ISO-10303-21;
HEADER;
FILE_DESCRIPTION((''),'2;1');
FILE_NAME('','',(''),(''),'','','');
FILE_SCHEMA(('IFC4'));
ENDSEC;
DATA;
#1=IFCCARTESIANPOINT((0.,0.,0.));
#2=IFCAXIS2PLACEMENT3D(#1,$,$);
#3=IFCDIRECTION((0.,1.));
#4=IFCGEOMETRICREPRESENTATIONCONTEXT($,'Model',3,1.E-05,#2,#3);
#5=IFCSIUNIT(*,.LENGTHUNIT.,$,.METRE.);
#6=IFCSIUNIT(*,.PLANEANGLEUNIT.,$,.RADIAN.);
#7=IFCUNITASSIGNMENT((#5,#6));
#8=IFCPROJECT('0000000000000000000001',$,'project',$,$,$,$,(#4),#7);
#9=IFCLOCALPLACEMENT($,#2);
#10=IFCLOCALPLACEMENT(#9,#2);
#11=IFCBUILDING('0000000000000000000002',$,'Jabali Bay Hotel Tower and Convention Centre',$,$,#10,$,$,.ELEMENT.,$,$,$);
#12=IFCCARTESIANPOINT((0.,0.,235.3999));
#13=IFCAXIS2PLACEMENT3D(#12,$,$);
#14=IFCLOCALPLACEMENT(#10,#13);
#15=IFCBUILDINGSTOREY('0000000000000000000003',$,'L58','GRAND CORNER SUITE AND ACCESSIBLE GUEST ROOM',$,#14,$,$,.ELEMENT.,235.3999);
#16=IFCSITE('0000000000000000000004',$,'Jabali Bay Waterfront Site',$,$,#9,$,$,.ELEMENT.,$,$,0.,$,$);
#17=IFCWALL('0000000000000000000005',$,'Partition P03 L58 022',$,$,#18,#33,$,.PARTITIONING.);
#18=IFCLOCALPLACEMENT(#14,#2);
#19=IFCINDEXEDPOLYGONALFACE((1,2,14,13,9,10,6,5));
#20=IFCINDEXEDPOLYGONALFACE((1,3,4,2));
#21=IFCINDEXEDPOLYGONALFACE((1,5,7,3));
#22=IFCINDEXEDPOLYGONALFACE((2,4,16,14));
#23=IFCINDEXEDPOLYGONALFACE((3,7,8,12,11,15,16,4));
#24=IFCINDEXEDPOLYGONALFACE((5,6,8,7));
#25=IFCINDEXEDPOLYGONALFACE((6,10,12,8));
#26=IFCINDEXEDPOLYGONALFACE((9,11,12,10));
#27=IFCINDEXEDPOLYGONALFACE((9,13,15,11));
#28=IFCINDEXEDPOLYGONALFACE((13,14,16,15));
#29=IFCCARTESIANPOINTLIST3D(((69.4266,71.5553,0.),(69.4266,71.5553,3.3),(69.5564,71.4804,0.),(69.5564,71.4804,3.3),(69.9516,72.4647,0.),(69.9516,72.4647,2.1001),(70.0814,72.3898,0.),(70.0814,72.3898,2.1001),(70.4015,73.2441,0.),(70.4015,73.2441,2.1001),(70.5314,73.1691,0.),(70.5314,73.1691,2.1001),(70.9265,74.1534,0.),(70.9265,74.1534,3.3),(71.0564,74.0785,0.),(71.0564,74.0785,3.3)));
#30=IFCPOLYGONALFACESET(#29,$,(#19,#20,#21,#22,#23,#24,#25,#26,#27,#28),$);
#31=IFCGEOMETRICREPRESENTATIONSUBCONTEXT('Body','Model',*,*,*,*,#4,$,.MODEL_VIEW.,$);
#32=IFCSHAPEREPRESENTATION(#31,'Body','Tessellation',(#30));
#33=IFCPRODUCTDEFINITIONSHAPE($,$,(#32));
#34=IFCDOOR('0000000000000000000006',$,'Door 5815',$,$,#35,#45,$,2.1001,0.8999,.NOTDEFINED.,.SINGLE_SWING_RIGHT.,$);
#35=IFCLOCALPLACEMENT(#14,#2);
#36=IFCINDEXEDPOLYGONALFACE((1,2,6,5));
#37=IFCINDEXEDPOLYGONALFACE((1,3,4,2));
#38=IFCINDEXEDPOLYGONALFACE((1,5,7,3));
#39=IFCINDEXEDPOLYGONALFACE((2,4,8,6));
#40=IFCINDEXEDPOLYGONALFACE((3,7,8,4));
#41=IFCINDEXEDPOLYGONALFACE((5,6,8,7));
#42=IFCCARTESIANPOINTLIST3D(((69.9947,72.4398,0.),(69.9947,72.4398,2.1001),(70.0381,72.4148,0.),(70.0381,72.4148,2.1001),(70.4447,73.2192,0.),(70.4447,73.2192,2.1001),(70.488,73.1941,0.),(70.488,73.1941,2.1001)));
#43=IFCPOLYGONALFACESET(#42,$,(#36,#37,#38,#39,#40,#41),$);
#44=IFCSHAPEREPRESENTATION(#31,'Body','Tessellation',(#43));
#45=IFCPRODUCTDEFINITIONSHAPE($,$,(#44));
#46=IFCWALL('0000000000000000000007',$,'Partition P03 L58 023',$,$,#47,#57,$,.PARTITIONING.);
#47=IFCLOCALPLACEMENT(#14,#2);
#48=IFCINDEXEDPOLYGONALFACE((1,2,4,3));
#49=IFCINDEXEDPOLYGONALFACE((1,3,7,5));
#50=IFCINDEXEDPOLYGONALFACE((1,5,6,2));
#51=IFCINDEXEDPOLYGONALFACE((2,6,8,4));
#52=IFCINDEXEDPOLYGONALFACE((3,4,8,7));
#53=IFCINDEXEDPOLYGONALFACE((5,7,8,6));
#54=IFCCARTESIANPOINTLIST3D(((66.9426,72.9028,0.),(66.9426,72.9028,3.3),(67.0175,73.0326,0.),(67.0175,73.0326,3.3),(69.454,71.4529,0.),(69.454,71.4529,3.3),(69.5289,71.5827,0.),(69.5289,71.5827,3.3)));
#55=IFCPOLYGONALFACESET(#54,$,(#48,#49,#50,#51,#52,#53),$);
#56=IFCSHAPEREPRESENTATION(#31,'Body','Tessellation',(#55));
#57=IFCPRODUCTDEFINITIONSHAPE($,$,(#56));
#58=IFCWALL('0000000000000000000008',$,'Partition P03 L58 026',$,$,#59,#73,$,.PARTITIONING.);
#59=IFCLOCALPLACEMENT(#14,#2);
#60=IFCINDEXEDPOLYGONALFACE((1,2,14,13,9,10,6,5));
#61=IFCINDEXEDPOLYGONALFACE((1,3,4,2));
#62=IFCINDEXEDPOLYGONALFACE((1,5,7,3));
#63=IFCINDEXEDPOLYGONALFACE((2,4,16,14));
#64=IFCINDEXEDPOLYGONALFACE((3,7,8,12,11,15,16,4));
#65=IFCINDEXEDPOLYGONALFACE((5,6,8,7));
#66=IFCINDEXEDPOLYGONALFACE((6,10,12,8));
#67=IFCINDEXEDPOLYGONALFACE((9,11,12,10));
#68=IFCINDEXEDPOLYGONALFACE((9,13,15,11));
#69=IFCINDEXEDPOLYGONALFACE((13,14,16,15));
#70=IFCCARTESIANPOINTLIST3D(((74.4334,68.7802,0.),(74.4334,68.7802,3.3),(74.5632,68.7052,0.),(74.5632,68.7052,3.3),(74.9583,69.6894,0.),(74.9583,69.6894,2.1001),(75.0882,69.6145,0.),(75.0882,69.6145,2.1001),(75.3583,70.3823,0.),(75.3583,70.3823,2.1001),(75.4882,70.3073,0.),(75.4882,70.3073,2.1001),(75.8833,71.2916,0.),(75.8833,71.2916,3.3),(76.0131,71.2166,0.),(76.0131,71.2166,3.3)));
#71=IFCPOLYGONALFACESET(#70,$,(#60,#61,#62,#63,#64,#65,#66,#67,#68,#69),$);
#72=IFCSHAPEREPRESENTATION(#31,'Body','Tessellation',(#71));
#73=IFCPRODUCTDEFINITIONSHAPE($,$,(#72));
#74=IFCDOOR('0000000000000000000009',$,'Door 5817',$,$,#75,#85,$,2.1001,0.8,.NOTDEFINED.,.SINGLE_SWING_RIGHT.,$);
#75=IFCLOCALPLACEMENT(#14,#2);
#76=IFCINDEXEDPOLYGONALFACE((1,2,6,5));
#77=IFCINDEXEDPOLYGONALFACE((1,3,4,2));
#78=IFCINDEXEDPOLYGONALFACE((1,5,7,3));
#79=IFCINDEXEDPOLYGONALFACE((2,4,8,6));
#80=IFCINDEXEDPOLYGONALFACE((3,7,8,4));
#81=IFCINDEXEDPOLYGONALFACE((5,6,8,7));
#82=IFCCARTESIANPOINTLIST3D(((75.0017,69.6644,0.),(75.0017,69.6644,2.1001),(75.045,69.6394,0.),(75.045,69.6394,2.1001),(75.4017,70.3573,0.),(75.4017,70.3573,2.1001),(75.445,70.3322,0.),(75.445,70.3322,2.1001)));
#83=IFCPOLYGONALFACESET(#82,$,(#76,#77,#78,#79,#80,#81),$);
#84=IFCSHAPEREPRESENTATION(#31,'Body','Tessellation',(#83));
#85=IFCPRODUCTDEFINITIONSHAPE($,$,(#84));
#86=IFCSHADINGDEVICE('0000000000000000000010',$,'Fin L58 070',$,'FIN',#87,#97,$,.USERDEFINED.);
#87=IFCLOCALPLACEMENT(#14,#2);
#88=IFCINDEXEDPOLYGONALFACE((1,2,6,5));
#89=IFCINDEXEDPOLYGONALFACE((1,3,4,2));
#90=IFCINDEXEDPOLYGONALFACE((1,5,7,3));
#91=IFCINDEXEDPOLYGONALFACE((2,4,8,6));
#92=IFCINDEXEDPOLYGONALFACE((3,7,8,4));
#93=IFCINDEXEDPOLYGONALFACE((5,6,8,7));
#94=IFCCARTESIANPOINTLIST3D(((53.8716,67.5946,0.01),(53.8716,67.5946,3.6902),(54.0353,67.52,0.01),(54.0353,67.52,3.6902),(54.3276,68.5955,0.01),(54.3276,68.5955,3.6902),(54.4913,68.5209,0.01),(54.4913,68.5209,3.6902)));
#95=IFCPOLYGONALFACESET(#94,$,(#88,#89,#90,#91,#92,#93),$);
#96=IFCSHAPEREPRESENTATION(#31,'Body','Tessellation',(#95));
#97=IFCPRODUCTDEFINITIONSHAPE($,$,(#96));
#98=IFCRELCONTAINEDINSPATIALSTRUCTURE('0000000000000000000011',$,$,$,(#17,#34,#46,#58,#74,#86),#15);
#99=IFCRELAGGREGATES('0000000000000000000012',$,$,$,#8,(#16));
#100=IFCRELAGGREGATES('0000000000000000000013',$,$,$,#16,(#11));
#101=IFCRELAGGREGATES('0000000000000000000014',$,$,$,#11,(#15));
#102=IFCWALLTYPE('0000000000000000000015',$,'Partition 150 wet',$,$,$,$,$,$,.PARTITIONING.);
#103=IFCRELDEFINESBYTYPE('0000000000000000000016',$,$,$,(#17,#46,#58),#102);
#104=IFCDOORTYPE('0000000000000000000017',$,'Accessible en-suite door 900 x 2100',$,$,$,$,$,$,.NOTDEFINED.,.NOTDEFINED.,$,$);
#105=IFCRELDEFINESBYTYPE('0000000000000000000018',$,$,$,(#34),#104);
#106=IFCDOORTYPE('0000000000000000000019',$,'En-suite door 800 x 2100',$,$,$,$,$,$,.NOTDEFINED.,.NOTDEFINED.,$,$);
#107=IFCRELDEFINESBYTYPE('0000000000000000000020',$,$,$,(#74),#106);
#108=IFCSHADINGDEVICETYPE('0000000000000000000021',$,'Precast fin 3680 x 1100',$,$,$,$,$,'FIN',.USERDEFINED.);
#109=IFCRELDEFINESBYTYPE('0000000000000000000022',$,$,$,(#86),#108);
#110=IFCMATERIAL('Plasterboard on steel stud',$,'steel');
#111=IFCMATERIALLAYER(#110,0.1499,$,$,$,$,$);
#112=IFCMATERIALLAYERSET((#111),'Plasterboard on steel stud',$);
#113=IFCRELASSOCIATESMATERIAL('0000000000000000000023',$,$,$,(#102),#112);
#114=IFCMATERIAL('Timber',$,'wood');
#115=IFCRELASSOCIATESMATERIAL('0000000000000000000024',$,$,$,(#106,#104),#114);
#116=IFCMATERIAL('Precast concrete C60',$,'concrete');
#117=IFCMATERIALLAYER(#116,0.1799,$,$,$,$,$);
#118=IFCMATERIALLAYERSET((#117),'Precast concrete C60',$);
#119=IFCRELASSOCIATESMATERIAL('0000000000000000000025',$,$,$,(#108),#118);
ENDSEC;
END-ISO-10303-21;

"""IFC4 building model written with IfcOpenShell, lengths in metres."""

from ifc_helpers import new_model, si_unit, direction, frame, frame_2d, origin, place, context, subcontext, project, spatial, rectangle, extrude, material, layer, layer_set, type_object, element, fill, save


model = new_model("IFC4")

# Units and contexts
model_context = context("Model", 3, precision=1e-05, world=origin(), true_north=direction((0.0, 1.0)))
body_context = subcontext(model_context, "Body", "Model", "MODEL_VIEW")
ifc_project = project(units=[si_unit("LENGTHUNIT", "METRE"), si_unit("PLANEANGLEUNIT", "RADIAN")], contexts=[model_context])

# Site, building, storey
site_placement = place(None, origin())
site = spatial("IfcSite", under=ifc_project, at=site_placement, Name="Jabali Bay Waterfront Site", CompositionType="ELEMENT", RefElevation=0.0)
building_placement = place(site_placement, origin())
building = spatial("IfcBuilding", under=site, at=building_placement, Name="Jabali Bay Hotel Tower and Convention Centre", CompositionType="ELEMENT")
storey_placement = place(building_placement, frame((0.0, 0.0, 235.3999)))
storey = spatial("IfcBuildingStorey", under=building, at=storey_placement, Name="L58", Description="GRAND CORNER SUITE AND ACCESSIBLE GUEST ROOM", CompositionType="ELEMENT", Elevation=235.3999)

# Shared definitions
ifc_material_1 = material(Name="Timber", Category="wood")

# Shared definitions
ifc_material_2 = material(Name="Plasterboard on steel stud", Category="steel")
ifc_layer_1 = layer(ifc_material_2, 0.1499)
ifc_layer_set_1 = layer_set([ifc_layer_1], Name="Plasterboard on steel stud")
wall_type_1 = type_object("IfcWallType", Name="Partition 150 wet", PredefinedType="PARTITIONING", material=ifc_layer_set_1)
door_type_1 = type_object("IfcDoorType", Name="En-suite door 800 x 2100", OperationType="NOTDEFINED", PredefinedType="NOTDEFINED", material=ifc_material_1)

# Wall, opening, door
wall_1_placement = place(storey_placement, frame((70.9915, 74.116, 0.0), z_axis=(0.0, 0.0, 1.0), x_axis=(-0.49999, -0.866031, 0.0)))
wall_1 = element("IfcWall", 1, at=wall_1_placement, inside=storey, type_object=wall_type_1, Name="Partition P03 L58 022", PredefinedType="PARTITIONING", context=body_context, shape_type="SweptSolid", body=[
    extrude(rectangle(XDim=3.0, YDim=0.1499, at=frame_2d((1.5, 0.0))), origin(), (0.0, 0.0, 1.0), 3.3),
])
opening_1_placement = place(wall_1_placement, frame((1.05, 0.0, 0.0)))
opening_1 = element("IfcOpeningElement", 2, at=opening_1_placement, cuts=wall_1, PredefinedType="OPENING", context=body_context, shape_type="SweptSolid", body=[
    extrude(rectangle(XDim=0.8999, YDim=2.1001, at=frame_2d((0.45, 1.05))), frame((0.0, 0.0854, 0.0), z_axis=(0.0, -1.0, 0.0), x_axis=(1.0, 0.0, 0.0)), (0.0, 0.0, 1.0), 0.1709),
])
door_type_2 = type_object("IfcDoorType", Name="Accessible en-suite door 900 x 2100", OperationType="NOTDEFINED", PredefinedType="NOTDEFINED", material=ifc_material_1)
door_1_placement = place(opening_1_placement, origin())
door_1 = element("IfcDoor", 3, at=door_1_placement, inside=storey, type_object=door_type_2, Name="Door 5815", OperationType="SINGLE_SWING_RIGHT", OverallHeight=2.1001, OverallWidth=0.8999, PredefinedType="NOTDEFINED", context=body_context, shape_type="SweptSolid", body=[
    extrude(rectangle(XDim=0.8999, YDim=2.1001, at=frame_2d((0.45, 1.05))), frame((0.0, 0.0249, 0.0), z_axis=(0.0, -1.0, 0.0), x_axis=(1.0, 0.0, 0.0)), (0.0, 0.0, 1.0), 0.05),
])
fill(opening_1, door_1)

# Wall
wall_2_placement = place(storey_placement, frame((69.4915, 71.5178, 0.0), z_axis=(0.0, 0.0, 1.0), x_axis=(-0.866033, 0.499987, 0.0)))
element("IfcWall", 4, at=wall_2_placement, inside=storey, type_object=wall_type_1, Name="Partition P03 L58 023", PredefinedType="PARTITIONING", context=body_context, shape_type="SweptSolid", body=[
    extrude(rectangle(XDim=2.8999, YDim=0.1499, at=frame_2d((1.45, 0.0))), origin(), (0.0, 0.0, 1.0), 3.3),
])

# Wall, opening, door
wall_3_placement = place(storey_placement, frame((74.4983, 68.7427, 0.0), z_axis=(0.0, 0.0, 1.0), x_axis=(0.499987, 0.866033, 0.0)))
wall_3 = element("IfcWall", 5, at=wall_3_placement, inside=storey, type_object=wall_type_1, Name="Partition P03 L58 026", PredefinedType="PARTITIONING", context=body_context, shape_type="SweptSolid", body=[
    extrude(rectangle(XDim=2.8999, YDim=0.1499, at=frame_2d((1.45, 0.0))), origin(), (0.0, 0.0, 1.0), 3.3),
])
opening_2_placement = place(wall_3_placement, frame((1.05, 0.0, 0.0)))
opening_2 = element("IfcOpeningElement", 6, at=opening_2_placement, cuts=wall_3, PredefinedType="OPENING", context=body_context, shape_type="SweptSolid", body=[
    extrude(rectangle(XDim=0.8, YDim=2.1001, at=frame_2d((0.3999, 1.05))), frame((0.0, 0.0854, 0.0), z_axis=(0.0, -1.0, 0.0), x_axis=(1.0, 0.0, 0.0)), (0.0, 0.0, 1.0), 0.1709),
])
door_2_placement = place(opening_2_placement, origin())
door_2 = element("IfcDoor", 7, at=door_2_placement, inside=storey, type_object=door_type_1, Name="Door 5817", OperationType="SINGLE_SWING_RIGHT", OverallHeight=2.1001, OverallWidth=0.8, PredefinedType="NOTDEFINED", context=body_context, shape_type="SweptSolid", body=[
    extrude(rectangle(XDim=0.8, YDim=2.1001, at=frame_2d((0.3999, 1.05))), frame((0.0, 0.0249, 0.0), z_axis=(0.0, -1.0, 0.0), x_axis=(1.0, 0.0, 0.0)), (0.0, 0.0, 1.0), 0.05),
])
fill(opening_2, door_2)

# Shading device
ifc_material_3 = material(Name="Precast concrete C60", Category="concrete")
ifc_layer_2 = layer(ifc_material_3, 0.1799)
ifc_layer_set_2 = layer_set([ifc_layer_2], Name="Precast concrete C60")
shading_device_type = type_object("IfcShadingDeviceType", Name="Precast fin 3680 x 1100", ElementType="FIN", PredefinedType="USERDEFINED", material=ifc_layer_set_2)
shading_device_placement = place(storey_placement, frame((54.4094, 68.5581, 0.01), z_axis=(0.0, 0.0, 1.0), x_axis=(-0.414605, -0.910001, 0.0)))
element("IfcShadingDevice", 8, at=shading_device_placement, inside=storey, type_object=shading_device_type, Name="Fin L58 070", ObjectType="FIN", PredefinedType="USERDEFINED", context=body_context, shape_type="SweptSolid", body=[
    extrude(rectangle(XDim=1.0999, YDim=0.1799, at=frame_2d((0.5498, 0.0))), origin(), (0.0, 0.0, 1.0), 3.6802),
])

save(model, "model.ifc")
